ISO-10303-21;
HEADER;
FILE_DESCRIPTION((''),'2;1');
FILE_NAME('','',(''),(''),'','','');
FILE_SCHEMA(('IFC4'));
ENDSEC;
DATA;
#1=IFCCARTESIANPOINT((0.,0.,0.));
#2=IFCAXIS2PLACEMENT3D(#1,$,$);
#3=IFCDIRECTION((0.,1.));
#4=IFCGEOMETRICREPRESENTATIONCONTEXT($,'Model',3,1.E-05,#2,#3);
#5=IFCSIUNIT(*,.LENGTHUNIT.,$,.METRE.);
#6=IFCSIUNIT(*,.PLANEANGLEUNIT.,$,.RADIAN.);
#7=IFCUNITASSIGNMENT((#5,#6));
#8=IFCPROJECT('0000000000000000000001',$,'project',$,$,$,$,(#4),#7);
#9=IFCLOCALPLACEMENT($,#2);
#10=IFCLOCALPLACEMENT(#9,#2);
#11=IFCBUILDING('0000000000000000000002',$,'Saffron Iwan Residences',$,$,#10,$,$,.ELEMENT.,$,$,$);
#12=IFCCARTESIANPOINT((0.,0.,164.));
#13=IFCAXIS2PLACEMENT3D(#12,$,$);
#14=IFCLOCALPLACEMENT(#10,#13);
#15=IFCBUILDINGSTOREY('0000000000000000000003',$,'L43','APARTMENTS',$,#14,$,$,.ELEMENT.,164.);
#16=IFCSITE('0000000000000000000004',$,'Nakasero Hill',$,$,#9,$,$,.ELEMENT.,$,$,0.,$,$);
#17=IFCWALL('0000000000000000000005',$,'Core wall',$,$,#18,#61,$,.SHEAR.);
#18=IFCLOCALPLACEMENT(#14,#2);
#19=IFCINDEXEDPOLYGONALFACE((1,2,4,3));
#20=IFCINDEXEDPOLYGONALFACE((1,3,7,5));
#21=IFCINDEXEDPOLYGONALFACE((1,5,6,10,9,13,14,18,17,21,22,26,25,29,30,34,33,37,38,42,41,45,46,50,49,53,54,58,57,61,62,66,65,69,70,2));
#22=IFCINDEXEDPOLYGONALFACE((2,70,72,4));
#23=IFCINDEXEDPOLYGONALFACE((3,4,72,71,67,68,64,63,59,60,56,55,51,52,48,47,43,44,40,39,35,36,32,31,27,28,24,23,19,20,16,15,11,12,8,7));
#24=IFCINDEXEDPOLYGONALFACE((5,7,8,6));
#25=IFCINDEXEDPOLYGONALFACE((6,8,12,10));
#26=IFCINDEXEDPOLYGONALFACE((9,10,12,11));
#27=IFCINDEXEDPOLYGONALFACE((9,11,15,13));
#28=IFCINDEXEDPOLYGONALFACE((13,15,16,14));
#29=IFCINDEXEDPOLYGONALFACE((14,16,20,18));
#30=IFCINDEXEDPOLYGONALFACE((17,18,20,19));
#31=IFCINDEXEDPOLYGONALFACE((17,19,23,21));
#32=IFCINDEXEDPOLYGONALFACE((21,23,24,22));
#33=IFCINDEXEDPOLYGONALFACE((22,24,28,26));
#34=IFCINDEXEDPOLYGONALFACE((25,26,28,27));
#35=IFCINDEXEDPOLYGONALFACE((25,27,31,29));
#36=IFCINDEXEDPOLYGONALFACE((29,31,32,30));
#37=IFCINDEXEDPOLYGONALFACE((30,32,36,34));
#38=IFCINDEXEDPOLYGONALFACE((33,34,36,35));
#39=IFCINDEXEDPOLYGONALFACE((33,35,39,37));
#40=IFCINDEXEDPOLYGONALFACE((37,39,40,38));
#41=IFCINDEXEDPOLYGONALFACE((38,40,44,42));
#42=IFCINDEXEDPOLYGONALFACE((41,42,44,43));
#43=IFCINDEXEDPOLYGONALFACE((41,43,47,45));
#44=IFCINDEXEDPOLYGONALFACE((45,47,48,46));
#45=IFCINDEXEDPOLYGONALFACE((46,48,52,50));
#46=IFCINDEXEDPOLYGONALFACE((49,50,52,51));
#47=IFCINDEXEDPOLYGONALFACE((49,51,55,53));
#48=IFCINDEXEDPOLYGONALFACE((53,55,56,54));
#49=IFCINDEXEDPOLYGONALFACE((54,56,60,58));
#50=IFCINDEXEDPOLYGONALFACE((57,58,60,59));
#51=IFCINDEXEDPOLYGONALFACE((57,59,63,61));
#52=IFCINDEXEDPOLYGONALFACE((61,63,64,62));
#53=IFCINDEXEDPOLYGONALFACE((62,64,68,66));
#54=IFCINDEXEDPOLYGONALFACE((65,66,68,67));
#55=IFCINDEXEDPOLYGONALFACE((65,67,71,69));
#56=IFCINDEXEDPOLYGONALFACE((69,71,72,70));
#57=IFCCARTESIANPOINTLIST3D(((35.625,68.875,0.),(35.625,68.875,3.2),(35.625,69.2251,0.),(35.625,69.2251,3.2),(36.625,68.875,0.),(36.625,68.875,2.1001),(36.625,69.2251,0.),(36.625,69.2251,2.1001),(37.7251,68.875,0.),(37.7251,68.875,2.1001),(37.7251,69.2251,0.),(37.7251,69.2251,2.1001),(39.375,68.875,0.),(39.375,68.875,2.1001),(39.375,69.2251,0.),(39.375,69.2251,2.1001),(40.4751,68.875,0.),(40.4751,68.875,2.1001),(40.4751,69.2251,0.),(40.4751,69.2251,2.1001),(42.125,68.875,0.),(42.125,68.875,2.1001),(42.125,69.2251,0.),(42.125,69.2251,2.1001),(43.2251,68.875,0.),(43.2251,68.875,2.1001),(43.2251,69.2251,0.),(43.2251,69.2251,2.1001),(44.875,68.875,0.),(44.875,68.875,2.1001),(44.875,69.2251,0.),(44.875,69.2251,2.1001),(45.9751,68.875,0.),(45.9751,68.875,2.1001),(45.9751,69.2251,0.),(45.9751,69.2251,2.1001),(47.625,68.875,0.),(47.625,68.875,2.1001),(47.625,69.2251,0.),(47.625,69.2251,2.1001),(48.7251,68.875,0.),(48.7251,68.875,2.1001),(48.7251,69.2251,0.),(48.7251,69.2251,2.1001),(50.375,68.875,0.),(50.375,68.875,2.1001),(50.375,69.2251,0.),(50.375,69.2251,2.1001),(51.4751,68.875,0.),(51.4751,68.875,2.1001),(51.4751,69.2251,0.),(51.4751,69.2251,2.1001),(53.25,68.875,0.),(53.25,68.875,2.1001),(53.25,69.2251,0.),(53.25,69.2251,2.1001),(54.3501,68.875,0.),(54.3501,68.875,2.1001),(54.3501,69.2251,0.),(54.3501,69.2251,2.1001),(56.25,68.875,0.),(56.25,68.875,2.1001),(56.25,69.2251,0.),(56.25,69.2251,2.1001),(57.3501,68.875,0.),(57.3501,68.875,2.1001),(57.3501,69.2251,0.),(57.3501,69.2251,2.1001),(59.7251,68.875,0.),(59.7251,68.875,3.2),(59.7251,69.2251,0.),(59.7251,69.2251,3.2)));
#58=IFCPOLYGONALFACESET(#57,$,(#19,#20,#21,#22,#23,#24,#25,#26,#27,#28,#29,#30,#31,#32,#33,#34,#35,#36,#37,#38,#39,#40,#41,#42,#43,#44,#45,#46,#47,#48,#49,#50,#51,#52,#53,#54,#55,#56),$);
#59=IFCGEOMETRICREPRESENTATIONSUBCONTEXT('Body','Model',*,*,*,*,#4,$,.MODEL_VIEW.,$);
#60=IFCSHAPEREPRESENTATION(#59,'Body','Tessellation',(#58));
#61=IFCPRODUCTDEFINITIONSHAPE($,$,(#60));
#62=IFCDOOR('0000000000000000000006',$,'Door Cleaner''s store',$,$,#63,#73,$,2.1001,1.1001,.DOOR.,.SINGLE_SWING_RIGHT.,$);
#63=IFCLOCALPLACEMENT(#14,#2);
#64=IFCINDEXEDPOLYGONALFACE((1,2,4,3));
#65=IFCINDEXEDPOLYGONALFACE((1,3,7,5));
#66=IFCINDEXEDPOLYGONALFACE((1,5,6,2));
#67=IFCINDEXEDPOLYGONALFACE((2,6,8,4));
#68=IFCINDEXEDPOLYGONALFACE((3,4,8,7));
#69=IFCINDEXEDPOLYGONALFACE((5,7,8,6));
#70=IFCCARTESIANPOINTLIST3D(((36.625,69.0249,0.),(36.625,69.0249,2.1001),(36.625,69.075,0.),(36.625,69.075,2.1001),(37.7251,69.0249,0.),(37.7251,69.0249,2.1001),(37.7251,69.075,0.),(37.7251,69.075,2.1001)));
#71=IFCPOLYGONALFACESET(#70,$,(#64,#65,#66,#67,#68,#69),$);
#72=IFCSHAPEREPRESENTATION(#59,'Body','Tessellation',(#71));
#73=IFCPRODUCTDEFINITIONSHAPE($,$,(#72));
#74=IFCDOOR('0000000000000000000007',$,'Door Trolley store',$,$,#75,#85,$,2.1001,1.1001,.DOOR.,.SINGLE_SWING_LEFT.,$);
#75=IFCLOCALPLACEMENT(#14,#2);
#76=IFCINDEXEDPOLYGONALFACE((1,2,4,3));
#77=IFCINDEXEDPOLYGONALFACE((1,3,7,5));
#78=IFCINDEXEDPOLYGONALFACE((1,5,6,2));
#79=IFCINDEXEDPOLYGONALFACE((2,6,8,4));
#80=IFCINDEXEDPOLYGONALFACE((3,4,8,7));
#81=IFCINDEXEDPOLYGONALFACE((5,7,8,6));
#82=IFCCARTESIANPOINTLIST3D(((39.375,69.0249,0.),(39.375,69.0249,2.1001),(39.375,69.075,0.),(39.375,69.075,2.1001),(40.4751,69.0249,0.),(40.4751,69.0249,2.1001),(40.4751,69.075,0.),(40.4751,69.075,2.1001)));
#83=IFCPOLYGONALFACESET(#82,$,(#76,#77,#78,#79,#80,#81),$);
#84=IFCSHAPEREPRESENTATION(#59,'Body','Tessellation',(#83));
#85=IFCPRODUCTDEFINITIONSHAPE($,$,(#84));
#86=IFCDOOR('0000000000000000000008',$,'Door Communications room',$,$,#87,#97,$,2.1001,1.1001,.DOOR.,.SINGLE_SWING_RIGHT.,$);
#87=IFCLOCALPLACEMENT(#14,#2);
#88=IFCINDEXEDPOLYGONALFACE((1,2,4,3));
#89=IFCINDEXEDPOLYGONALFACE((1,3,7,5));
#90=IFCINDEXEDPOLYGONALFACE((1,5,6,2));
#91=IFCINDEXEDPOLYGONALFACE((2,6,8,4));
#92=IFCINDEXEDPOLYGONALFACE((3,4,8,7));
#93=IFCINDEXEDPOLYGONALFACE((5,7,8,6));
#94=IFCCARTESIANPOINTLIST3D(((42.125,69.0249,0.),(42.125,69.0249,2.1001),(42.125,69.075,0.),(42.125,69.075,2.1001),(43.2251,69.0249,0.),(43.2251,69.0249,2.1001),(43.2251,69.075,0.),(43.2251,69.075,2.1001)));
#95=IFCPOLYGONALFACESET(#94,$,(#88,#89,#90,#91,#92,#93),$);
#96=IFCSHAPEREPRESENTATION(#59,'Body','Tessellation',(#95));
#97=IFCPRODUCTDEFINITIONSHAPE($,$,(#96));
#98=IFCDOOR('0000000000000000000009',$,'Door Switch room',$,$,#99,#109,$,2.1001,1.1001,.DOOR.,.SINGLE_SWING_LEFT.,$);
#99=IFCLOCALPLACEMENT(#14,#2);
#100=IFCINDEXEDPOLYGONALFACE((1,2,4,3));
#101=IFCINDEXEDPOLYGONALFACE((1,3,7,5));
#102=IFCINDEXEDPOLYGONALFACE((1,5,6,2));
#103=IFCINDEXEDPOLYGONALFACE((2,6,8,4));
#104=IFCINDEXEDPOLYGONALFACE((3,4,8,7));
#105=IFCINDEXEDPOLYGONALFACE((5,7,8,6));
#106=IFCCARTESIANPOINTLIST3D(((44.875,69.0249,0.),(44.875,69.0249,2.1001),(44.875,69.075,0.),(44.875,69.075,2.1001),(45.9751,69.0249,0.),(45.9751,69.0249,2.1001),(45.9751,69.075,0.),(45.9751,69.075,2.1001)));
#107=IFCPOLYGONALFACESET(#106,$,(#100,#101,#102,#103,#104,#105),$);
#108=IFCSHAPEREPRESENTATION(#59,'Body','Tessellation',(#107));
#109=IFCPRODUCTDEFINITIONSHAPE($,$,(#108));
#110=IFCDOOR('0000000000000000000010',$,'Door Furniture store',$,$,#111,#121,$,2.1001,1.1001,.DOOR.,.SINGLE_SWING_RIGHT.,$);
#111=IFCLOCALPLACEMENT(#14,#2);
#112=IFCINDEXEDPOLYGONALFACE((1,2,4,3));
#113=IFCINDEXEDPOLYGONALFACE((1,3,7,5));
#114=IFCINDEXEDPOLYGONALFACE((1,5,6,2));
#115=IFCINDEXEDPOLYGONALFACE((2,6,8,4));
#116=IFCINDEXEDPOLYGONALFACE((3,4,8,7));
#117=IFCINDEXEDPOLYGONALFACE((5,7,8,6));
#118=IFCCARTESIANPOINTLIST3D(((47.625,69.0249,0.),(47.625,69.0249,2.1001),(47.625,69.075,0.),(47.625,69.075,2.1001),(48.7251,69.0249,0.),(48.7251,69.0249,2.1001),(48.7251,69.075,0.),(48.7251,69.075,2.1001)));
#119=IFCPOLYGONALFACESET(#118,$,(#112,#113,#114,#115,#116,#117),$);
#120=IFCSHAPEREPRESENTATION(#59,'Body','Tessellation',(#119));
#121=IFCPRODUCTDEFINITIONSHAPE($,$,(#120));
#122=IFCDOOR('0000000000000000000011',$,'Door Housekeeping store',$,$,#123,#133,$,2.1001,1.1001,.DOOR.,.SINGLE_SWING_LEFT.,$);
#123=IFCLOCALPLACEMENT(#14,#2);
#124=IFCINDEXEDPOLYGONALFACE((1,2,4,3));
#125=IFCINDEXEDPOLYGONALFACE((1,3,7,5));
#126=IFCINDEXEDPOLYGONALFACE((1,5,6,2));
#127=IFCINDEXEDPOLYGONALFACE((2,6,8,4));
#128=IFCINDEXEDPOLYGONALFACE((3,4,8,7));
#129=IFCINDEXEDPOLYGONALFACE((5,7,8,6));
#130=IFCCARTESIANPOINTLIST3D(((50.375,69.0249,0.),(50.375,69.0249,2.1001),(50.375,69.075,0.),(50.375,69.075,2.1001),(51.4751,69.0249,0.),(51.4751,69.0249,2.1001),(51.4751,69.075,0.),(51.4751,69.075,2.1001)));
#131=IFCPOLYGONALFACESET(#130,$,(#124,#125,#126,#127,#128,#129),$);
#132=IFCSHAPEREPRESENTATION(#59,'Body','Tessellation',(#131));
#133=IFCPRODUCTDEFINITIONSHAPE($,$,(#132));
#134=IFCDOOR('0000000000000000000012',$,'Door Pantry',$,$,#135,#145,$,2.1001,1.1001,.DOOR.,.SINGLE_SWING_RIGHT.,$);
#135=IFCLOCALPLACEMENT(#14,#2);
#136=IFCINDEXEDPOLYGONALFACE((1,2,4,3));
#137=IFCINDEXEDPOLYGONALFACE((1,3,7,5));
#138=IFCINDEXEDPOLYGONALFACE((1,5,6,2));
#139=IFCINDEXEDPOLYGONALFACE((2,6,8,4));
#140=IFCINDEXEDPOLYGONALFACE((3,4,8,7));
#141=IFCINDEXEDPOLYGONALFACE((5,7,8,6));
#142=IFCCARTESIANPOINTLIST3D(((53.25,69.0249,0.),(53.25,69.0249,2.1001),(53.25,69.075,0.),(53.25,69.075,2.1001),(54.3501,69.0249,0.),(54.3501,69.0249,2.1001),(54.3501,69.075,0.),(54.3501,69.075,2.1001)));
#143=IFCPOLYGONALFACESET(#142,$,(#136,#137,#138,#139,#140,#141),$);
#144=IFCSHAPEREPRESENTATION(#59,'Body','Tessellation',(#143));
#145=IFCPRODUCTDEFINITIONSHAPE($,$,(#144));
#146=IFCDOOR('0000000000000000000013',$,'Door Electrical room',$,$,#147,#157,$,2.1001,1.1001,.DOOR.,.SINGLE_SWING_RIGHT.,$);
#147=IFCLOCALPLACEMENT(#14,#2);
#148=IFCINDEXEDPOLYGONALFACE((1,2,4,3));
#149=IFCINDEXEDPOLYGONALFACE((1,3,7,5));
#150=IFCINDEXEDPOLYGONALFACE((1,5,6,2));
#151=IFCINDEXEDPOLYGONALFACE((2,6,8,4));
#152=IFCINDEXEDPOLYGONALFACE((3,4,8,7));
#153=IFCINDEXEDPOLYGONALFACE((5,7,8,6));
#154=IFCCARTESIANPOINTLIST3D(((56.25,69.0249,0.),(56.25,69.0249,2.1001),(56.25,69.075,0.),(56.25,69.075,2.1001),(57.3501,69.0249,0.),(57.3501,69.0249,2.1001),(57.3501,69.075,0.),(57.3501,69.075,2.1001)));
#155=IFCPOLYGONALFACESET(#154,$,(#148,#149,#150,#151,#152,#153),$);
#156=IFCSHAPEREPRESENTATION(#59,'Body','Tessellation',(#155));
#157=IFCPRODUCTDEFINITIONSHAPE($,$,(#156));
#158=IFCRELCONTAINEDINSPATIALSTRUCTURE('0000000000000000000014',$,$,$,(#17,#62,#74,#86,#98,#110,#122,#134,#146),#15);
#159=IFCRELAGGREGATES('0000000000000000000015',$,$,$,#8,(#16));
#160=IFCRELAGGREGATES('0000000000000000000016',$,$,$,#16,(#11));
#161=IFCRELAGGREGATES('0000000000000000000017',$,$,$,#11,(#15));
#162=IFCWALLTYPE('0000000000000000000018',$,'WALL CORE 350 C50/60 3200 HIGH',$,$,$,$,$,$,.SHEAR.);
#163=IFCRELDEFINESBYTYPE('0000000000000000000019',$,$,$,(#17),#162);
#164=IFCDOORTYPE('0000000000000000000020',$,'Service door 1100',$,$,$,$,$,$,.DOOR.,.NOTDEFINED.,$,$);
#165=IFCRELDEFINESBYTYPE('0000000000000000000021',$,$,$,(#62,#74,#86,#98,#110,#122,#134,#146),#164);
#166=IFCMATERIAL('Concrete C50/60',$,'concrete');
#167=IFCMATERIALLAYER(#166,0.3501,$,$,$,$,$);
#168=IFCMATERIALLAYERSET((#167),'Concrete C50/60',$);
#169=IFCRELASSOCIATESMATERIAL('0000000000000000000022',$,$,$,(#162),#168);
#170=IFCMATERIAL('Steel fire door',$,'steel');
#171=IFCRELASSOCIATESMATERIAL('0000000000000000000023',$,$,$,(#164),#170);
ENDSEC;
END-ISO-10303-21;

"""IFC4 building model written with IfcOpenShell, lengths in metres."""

from ifc_helpers import new_model, si_unit, direction, frame, frame_2d, origin, place, context, subcontext, project, spatial, rectangle, extrude, material, layer, layer_set, type_object, element, fill, save


model = new_model("IFC4")

# Units and contexts
model_context = context("Model", 3, precision=1e-05, world=origin(), true_north=direction((0.0, 1.0)))
body_context = subcontext(model_context, "Body", "Model", "MODEL_VIEW")
ifc_project = project(units=[si_unit("LENGTHUNIT", "METRE"), si_unit("PLANEANGLEUNIT", "RADIAN")], contexts=[model_context])

# Site, building, storey
site_placement = place(None, origin())
site = spatial("IfcSite", under=ifc_project, at=site_placement, Name="Nakasero Hill", CompositionType="ELEMENT", RefElevation=0.0)
building_placement = place(site_placement, origin())
building = spatial("IfcBuilding", under=site, at=building_placement, Name="Saffron Iwan Residences", CompositionType="ELEMENT")
storey_placement = place(building_placement, frame((0.0, 0.0, 164.0)))
storey = spatial("IfcBuildingStorey", under=building, at=storey_placement, Name="L43", Description="APARTMENTS", CompositionType="ELEMENT", Elevation=164.0)

# Shared definitions
ifc_material_1 = material(Name="Concrete C50/60", Category="concrete")

# Shared definitions
ifc_material_2 = material(Name="Steel fire door", Category="steel")

# Wall, openings, doors
ifc_layer_1 = layer(ifc_material_1, 0.3501)
ifc_layer_set_1 = layer_set([ifc_layer_1], Name="Concrete C50/60")
wall_type_1 = type_object("IfcWallType", Name="WALL CORE 350 C50/60 3200 HIGH", PredefinedType="SHEAR", material=ifc_layer_set_1)
wall_1_placement = place(storey_placement, frame((35.625, 69.05, 0.0), z_axis=(0.0, 0.0, 1.0), x_axis=(1.0, 0.0, 0.0)))
wall_1 = element("IfcWall", 1, at=wall_1_placement, inside=storey, type_object=wall_type_1, Name="Core wall", PredefinedType="SHEAR", context=body_context, shape_type="SweptSolid", body=[
    extrude(rectangle(XDim=24.1001, YDim=0.3501, at=frame_2d((12.05, 0.0))), origin(), (0.0, 0.0, 1.0), 3.2),
])
opening_1_placement = place(wall_1_placement, frame((1.0, 0.0, 0.0)))
opening_1 = element("IfcOpeningElement", 2, at=opening_1_placement, cuts=wall_1, PredefinedType="OPENING", context=body_context, shape_type="SweptSolid", body=[
    extrude(rectangle(XDim=1.1001, YDim=2.1001, at=frame_2d((0.55, 1.05))), frame((0.0, 0.1851, 0.0), z_axis=(0.0, -1.0, 0.0), x_axis=(1.0, 0.0, 0.0)), (0.0, 0.0, 1.0), 0.3701),
])
opening_2_placement = place(wall_1_placement, frame((3.75, 0.0, 0.0)))
opening_2 = element("IfcOpeningElement", 3, at=opening_2_placement, cuts=wall_1, PredefinedType="OPENING", context=body_context, shape_type="SweptSolid", body=[
    extrude(rectangle(XDim=1.1001, YDim=2.1001, at=frame_2d((0.55, 1.05))), frame((0.0, 0.1851, 0.0), z_axis=(0.0, -1.0, 0.0), x_axis=(1.0, 0.0, 0.0)), (0.0, 0.0, 1.0), 0.3701),
])
opening_3_placement = place(wall_1_placement, frame((6.5, 0.0, 0.0)))
opening_3 = element("IfcOpeningElement", 4, at=opening_3_placement, cuts=wall_1, PredefinedType="OPENING", context=body_context, shape_type="SweptSolid", body=[
    extrude(rectangle(XDim=1.1001, YDim=2.1001, at=frame_2d((0.55, 1.05))), frame((0.0, 0.1851, 0.0), z_axis=(0.0, -1.0, 0.0), x_axis=(1.0, 0.0, 0.0)), (0.0, 0.0, 1.0), 0.3701),
])
opening_4_placement = place(wall_1_placement, frame((9.25, 0.0, 0.0)))
opening_4 = element("IfcOpeningElement", 5, at=opening_4_placement, cuts=wall_1, PredefinedType="OPENING", context=body_context, shape_type="SweptSolid", body=[
    extrude(rectangle(XDim=1.1001, YDim=2.1001, at=frame_2d((0.55, 1.05))), frame((0.0, 0.1851, 0.0), z_axis=(0.0, -1.0, 0.0), x_axis=(1.0, 0.0, 0.0)), (0.0, 0.0, 1.0), 0.3701),
])
opening_5_placement = place(wall_1_placement, frame((12.0, 0.0, 0.0)))
opening_5 = element("IfcOpeningElement", 6, at=opening_5_placement, cuts=wall_1, PredefinedType="OPENING", context=body_context, shape_type="SweptSolid", body=[
    extrude(rectangle(XDim=1.1001, YDim=2.1001, at=frame_2d((0.55, 1.05))), frame((0.0, 0.1851, 0.0), z_axis=(0.0, -1.0, 0.0), x_axis=(1.0, 0.0, 0.0)), (0.0, 0.0, 1.0), 0.3701),
])
opening_6_placement = place(wall_1_placement, frame((14.75, 0.0, 0.0)))
opening_6 = element("IfcOpeningElement", 7, at=opening_6_placement, cuts=wall_1, PredefinedType="OPENING", context=body_context, shape_type="SweptSolid", body=[
    extrude(rectangle(XDim=1.1001, YDim=2.1001, at=frame_2d((0.55, 1.05))), frame((0.0, 0.1851, 0.0), z_axis=(0.0, -1.0, 0.0), x_axis=(1.0, 0.0, 0.0)), (0.0, 0.0, 1.0), 0.3701),
])
opening_7_placement = place(wall_1_placement, frame((17.625, 0.0, 0.0)))
opening_7 = element("IfcOpeningElement", 8, at=opening_7_placement, cuts=wall_1, PredefinedType="OPENING", context=body_context, shape_type="SweptSolid", body=[
    extrude(rectangle(XDim=1.1001, YDim=2.1001, at=frame_2d((0.55, 1.05))), frame((0.0, 0.1851, 0.0), z_axis=(0.0, -1.0, 0.0), x_axis=(1.0, 0.0, 0.0)), (0.0, 0.0, 1.0), 0.3701),
])
opening_8_placement = place(wall_1_placement, frame((20.625, 0.0, 0.0)))
opening_8 = element("IfcOpeningElement", 9, at=opening_8_placement, cuts=wall_1, PredefinedType="OPENING", context=body_context, shape_type="SweptSolid", body=[
    extrude(rectangle(XDim=1.1001, YDim=2.1001, at=frame_2d((0.55, 1.05))), frame((0.0, 0.1851, 0.0), z_axis=(0.0, -1.0, 0.0), x_axis=(1.0, 0.0, 0.0)), (0.0, 0.0, 1.0), 0.3701),
])
door_type_1 = type_object("IfcDoorType", Name="Service door 1100", OperationType="NOTDEFINED", PredefinedType="DOOR", material=ifc_material_2)
door_1_placement = place(opening_1_placement, origin())
door_1 = element("IfcDoor", 10, at=door_1_placement, inside=storey, type_object=door_type_1, Name="Door Cleaner's store", OperationType="SINGLE_SWING_RIGHT", OverallHeight=2.1001, OverallWidth=1.1001, PredefinedType="DOOR", context=body_context, shape_type="SweptSolid", body=[
    extrude(rectangle(XDim=1.1001, YDim=2.1001, at=frame_2d((0.55, 1.05))), frame((0.0, 0.0249, 0.0), z_axis=(0.0, -1.0, 0.0), x_axis=(1.0, 0.0, 0.0)), (0.0, 0.0, 1.0), 0.05),
])
fill(opening_1, door_1)
door_2_placement = place(opening_2_placement, origin())
door_2 = element("IfcDoor", 11, at=door_2_placement, inside=storey, type_object=door_type_1, Name="Door Trolley store", OperationType="SINGLE_SWING_LEFT", OverallHeight=2.1001, OverallWidth=1.1001, PredefinedType="DOOR", context=body_context, shape_type="SweptSolid", body=[
    extrude(rectangle(XDim=1.1001, YDim=2.1001, at=frame_2d((0.55, 1.05))), frame((0.0, 0.0249, 0.0), z_axis=(0.0, -1.0, 0.0), x_axis=(1.0, 0.0, 0.0)), (0.0, 0.0, 1.0), 0.05),
])
fill(opening_2, door_2)
door_3_placement = place(opening_3_placement, origin())
door_3 = element("IfcDoor", 12, at=door_3_placement, inside=storey, type_object=door_type_1, Name="Door Communications room", OperationType="SINGLE_SWING_RIGHT", OverallHeight=2.1001, OverallWidth=1.1001, PredefinedType="DOOR", context=body_context, shape_type="SweptSolid", body=[
    extrude(rectangle(XDim=1.1001, YDim=2.1001, at=frame_2d((0.55, 1.05))), frame((0.0, 0.0249, 0.0), z_axis=(0.0, -1.0, 0.0), x_axis=(1.0, 0.0, 0.0)), (0.0, 0.0, 1.0), 0.05),
])
fill(opening_3, door_3)
door_4_placement = place(opening_4_placement, origin())
door_4 = element("IfcDoor", 13, at=door_4_placement, inside=storey, type_object=door_type_1, Name="Door Switch room", OperationType="SINGLE_SWING_LEFT", OverallHeight=2.1001, OverallWidth=1.1001, PredefinedType="DOOR", context=body_context, shape_type="SweptSolid", body=[
    extrude(rectangle(XDim=1.1001, YDim=2.1001, at=frame_2d((0.55, 1.05))), frame((0.0, 0.0249, 0.0), z_axis=(0.0, -1.0, 0.0), x_axis=(1.0, 0.0, 0.0)), (0.0, 0.0, 1.0), 0.05),
])
fill(opening_4, door_4)
door_5_placement = place(opening_5_placement, origin())
door_5 = element("IfcDoor", 14, at=door_5_placement, inside=storey, type_object=door_type_1, Name="Door Furniture store", OperationType="SINGLE_SWING_RIGHT", OverallHeight=2.1001, OverallWidth=1.1001, PredefinedType="DOOR", context=body_context, shape_type="SweptSolid", body=[
    extrude(rectangle(XDim=1.1001, YDim=2.1001, at=frame_2d((0.55, 1.05))), frame((0.0, 0.0249, 0.0), z_axis=(0.0, -1.0, 0.0), x_axis=(1.0, 0.0, 0.0)), (0.0, 0.0, 1.0), 0.05),
])
fill(opening_5, door_5)
door_6_placement = place(opening_6_placement, origin())
door_6 = element("IfcDoor", 15, at=door_6_placement, inside=storey, type_object=door_type_1, Name="Door Housekeeping store", OperationType="SINGLE_SWING_LEFT", OverallHeight=2.1001, OverallWidth=1.1001, PredefinedType="DOOR", context=body_context, shape_type="SweptSolid", body=[
    extrude(rectangle(XDim=1.1001, YDim=2.1001, at=frame_2d((0.55, 1.05))), frame((0.0, 0.0249, 0.0), z_axis=(0.0, -1.0, 0.0), x_axis=(1.0, 0.0, 0.0)), (0.0, 0.0, 1.0), 0.05),
])
fill(opening_6, door_6)
door_7_placement = place(opening_7_placement, origin())
door_7 = element("IfcDoor", 16, at=door_7_placement, inside=storey, type_object=door_type_1, Name="Door Pantry", OperationType="SINGLE_SWING_RIGHT", OverallHeight=2.1001, OverallWidth=1.1001, PredefinedType="DOOR", context=body_context, shape_type="SweptSolid", body=[
    extrude(rectangle(XDim=1.1001, YDim=2.1001, at=frame_2d((0.55, 1.05))), frame((0.0, 0.0249, 0.0), z_axis=(0.0, -1.0, 0.0), x_axis=(1.0, 0.0, 0.0)), (0.0, 0.0, 1.0), 0.05),
])
fill(opening_7, door_7)
door_8_placement = place(opening_8_placement, origin())
door_8 = element("IfcDoor", 17, at=door_8_placement, inside=storey, type_object=door_type_1, Name="Door Electrical room", OperationType="SINGLE_SWING_RIGHT", OverallHeight=2.1001, OverallWidth=1.1001, PredefinedType="DOOR", context=body_context, shape_type="SweptSolid", body=[
    extrude(rectangle(XDim=1.1001, YDim=2.1001, at=frame_2d((0.55, 1.05))), frame((0.0, 0.0249, 0.0), z_axis=(0.0, -1.0, 0.0), x_axis=(1.0, 0.0, 0.0)), (0.0, 0.0, 1.0), 0.05),
])
fill(opening_8, door_8)

save(model, "model.ifc")
